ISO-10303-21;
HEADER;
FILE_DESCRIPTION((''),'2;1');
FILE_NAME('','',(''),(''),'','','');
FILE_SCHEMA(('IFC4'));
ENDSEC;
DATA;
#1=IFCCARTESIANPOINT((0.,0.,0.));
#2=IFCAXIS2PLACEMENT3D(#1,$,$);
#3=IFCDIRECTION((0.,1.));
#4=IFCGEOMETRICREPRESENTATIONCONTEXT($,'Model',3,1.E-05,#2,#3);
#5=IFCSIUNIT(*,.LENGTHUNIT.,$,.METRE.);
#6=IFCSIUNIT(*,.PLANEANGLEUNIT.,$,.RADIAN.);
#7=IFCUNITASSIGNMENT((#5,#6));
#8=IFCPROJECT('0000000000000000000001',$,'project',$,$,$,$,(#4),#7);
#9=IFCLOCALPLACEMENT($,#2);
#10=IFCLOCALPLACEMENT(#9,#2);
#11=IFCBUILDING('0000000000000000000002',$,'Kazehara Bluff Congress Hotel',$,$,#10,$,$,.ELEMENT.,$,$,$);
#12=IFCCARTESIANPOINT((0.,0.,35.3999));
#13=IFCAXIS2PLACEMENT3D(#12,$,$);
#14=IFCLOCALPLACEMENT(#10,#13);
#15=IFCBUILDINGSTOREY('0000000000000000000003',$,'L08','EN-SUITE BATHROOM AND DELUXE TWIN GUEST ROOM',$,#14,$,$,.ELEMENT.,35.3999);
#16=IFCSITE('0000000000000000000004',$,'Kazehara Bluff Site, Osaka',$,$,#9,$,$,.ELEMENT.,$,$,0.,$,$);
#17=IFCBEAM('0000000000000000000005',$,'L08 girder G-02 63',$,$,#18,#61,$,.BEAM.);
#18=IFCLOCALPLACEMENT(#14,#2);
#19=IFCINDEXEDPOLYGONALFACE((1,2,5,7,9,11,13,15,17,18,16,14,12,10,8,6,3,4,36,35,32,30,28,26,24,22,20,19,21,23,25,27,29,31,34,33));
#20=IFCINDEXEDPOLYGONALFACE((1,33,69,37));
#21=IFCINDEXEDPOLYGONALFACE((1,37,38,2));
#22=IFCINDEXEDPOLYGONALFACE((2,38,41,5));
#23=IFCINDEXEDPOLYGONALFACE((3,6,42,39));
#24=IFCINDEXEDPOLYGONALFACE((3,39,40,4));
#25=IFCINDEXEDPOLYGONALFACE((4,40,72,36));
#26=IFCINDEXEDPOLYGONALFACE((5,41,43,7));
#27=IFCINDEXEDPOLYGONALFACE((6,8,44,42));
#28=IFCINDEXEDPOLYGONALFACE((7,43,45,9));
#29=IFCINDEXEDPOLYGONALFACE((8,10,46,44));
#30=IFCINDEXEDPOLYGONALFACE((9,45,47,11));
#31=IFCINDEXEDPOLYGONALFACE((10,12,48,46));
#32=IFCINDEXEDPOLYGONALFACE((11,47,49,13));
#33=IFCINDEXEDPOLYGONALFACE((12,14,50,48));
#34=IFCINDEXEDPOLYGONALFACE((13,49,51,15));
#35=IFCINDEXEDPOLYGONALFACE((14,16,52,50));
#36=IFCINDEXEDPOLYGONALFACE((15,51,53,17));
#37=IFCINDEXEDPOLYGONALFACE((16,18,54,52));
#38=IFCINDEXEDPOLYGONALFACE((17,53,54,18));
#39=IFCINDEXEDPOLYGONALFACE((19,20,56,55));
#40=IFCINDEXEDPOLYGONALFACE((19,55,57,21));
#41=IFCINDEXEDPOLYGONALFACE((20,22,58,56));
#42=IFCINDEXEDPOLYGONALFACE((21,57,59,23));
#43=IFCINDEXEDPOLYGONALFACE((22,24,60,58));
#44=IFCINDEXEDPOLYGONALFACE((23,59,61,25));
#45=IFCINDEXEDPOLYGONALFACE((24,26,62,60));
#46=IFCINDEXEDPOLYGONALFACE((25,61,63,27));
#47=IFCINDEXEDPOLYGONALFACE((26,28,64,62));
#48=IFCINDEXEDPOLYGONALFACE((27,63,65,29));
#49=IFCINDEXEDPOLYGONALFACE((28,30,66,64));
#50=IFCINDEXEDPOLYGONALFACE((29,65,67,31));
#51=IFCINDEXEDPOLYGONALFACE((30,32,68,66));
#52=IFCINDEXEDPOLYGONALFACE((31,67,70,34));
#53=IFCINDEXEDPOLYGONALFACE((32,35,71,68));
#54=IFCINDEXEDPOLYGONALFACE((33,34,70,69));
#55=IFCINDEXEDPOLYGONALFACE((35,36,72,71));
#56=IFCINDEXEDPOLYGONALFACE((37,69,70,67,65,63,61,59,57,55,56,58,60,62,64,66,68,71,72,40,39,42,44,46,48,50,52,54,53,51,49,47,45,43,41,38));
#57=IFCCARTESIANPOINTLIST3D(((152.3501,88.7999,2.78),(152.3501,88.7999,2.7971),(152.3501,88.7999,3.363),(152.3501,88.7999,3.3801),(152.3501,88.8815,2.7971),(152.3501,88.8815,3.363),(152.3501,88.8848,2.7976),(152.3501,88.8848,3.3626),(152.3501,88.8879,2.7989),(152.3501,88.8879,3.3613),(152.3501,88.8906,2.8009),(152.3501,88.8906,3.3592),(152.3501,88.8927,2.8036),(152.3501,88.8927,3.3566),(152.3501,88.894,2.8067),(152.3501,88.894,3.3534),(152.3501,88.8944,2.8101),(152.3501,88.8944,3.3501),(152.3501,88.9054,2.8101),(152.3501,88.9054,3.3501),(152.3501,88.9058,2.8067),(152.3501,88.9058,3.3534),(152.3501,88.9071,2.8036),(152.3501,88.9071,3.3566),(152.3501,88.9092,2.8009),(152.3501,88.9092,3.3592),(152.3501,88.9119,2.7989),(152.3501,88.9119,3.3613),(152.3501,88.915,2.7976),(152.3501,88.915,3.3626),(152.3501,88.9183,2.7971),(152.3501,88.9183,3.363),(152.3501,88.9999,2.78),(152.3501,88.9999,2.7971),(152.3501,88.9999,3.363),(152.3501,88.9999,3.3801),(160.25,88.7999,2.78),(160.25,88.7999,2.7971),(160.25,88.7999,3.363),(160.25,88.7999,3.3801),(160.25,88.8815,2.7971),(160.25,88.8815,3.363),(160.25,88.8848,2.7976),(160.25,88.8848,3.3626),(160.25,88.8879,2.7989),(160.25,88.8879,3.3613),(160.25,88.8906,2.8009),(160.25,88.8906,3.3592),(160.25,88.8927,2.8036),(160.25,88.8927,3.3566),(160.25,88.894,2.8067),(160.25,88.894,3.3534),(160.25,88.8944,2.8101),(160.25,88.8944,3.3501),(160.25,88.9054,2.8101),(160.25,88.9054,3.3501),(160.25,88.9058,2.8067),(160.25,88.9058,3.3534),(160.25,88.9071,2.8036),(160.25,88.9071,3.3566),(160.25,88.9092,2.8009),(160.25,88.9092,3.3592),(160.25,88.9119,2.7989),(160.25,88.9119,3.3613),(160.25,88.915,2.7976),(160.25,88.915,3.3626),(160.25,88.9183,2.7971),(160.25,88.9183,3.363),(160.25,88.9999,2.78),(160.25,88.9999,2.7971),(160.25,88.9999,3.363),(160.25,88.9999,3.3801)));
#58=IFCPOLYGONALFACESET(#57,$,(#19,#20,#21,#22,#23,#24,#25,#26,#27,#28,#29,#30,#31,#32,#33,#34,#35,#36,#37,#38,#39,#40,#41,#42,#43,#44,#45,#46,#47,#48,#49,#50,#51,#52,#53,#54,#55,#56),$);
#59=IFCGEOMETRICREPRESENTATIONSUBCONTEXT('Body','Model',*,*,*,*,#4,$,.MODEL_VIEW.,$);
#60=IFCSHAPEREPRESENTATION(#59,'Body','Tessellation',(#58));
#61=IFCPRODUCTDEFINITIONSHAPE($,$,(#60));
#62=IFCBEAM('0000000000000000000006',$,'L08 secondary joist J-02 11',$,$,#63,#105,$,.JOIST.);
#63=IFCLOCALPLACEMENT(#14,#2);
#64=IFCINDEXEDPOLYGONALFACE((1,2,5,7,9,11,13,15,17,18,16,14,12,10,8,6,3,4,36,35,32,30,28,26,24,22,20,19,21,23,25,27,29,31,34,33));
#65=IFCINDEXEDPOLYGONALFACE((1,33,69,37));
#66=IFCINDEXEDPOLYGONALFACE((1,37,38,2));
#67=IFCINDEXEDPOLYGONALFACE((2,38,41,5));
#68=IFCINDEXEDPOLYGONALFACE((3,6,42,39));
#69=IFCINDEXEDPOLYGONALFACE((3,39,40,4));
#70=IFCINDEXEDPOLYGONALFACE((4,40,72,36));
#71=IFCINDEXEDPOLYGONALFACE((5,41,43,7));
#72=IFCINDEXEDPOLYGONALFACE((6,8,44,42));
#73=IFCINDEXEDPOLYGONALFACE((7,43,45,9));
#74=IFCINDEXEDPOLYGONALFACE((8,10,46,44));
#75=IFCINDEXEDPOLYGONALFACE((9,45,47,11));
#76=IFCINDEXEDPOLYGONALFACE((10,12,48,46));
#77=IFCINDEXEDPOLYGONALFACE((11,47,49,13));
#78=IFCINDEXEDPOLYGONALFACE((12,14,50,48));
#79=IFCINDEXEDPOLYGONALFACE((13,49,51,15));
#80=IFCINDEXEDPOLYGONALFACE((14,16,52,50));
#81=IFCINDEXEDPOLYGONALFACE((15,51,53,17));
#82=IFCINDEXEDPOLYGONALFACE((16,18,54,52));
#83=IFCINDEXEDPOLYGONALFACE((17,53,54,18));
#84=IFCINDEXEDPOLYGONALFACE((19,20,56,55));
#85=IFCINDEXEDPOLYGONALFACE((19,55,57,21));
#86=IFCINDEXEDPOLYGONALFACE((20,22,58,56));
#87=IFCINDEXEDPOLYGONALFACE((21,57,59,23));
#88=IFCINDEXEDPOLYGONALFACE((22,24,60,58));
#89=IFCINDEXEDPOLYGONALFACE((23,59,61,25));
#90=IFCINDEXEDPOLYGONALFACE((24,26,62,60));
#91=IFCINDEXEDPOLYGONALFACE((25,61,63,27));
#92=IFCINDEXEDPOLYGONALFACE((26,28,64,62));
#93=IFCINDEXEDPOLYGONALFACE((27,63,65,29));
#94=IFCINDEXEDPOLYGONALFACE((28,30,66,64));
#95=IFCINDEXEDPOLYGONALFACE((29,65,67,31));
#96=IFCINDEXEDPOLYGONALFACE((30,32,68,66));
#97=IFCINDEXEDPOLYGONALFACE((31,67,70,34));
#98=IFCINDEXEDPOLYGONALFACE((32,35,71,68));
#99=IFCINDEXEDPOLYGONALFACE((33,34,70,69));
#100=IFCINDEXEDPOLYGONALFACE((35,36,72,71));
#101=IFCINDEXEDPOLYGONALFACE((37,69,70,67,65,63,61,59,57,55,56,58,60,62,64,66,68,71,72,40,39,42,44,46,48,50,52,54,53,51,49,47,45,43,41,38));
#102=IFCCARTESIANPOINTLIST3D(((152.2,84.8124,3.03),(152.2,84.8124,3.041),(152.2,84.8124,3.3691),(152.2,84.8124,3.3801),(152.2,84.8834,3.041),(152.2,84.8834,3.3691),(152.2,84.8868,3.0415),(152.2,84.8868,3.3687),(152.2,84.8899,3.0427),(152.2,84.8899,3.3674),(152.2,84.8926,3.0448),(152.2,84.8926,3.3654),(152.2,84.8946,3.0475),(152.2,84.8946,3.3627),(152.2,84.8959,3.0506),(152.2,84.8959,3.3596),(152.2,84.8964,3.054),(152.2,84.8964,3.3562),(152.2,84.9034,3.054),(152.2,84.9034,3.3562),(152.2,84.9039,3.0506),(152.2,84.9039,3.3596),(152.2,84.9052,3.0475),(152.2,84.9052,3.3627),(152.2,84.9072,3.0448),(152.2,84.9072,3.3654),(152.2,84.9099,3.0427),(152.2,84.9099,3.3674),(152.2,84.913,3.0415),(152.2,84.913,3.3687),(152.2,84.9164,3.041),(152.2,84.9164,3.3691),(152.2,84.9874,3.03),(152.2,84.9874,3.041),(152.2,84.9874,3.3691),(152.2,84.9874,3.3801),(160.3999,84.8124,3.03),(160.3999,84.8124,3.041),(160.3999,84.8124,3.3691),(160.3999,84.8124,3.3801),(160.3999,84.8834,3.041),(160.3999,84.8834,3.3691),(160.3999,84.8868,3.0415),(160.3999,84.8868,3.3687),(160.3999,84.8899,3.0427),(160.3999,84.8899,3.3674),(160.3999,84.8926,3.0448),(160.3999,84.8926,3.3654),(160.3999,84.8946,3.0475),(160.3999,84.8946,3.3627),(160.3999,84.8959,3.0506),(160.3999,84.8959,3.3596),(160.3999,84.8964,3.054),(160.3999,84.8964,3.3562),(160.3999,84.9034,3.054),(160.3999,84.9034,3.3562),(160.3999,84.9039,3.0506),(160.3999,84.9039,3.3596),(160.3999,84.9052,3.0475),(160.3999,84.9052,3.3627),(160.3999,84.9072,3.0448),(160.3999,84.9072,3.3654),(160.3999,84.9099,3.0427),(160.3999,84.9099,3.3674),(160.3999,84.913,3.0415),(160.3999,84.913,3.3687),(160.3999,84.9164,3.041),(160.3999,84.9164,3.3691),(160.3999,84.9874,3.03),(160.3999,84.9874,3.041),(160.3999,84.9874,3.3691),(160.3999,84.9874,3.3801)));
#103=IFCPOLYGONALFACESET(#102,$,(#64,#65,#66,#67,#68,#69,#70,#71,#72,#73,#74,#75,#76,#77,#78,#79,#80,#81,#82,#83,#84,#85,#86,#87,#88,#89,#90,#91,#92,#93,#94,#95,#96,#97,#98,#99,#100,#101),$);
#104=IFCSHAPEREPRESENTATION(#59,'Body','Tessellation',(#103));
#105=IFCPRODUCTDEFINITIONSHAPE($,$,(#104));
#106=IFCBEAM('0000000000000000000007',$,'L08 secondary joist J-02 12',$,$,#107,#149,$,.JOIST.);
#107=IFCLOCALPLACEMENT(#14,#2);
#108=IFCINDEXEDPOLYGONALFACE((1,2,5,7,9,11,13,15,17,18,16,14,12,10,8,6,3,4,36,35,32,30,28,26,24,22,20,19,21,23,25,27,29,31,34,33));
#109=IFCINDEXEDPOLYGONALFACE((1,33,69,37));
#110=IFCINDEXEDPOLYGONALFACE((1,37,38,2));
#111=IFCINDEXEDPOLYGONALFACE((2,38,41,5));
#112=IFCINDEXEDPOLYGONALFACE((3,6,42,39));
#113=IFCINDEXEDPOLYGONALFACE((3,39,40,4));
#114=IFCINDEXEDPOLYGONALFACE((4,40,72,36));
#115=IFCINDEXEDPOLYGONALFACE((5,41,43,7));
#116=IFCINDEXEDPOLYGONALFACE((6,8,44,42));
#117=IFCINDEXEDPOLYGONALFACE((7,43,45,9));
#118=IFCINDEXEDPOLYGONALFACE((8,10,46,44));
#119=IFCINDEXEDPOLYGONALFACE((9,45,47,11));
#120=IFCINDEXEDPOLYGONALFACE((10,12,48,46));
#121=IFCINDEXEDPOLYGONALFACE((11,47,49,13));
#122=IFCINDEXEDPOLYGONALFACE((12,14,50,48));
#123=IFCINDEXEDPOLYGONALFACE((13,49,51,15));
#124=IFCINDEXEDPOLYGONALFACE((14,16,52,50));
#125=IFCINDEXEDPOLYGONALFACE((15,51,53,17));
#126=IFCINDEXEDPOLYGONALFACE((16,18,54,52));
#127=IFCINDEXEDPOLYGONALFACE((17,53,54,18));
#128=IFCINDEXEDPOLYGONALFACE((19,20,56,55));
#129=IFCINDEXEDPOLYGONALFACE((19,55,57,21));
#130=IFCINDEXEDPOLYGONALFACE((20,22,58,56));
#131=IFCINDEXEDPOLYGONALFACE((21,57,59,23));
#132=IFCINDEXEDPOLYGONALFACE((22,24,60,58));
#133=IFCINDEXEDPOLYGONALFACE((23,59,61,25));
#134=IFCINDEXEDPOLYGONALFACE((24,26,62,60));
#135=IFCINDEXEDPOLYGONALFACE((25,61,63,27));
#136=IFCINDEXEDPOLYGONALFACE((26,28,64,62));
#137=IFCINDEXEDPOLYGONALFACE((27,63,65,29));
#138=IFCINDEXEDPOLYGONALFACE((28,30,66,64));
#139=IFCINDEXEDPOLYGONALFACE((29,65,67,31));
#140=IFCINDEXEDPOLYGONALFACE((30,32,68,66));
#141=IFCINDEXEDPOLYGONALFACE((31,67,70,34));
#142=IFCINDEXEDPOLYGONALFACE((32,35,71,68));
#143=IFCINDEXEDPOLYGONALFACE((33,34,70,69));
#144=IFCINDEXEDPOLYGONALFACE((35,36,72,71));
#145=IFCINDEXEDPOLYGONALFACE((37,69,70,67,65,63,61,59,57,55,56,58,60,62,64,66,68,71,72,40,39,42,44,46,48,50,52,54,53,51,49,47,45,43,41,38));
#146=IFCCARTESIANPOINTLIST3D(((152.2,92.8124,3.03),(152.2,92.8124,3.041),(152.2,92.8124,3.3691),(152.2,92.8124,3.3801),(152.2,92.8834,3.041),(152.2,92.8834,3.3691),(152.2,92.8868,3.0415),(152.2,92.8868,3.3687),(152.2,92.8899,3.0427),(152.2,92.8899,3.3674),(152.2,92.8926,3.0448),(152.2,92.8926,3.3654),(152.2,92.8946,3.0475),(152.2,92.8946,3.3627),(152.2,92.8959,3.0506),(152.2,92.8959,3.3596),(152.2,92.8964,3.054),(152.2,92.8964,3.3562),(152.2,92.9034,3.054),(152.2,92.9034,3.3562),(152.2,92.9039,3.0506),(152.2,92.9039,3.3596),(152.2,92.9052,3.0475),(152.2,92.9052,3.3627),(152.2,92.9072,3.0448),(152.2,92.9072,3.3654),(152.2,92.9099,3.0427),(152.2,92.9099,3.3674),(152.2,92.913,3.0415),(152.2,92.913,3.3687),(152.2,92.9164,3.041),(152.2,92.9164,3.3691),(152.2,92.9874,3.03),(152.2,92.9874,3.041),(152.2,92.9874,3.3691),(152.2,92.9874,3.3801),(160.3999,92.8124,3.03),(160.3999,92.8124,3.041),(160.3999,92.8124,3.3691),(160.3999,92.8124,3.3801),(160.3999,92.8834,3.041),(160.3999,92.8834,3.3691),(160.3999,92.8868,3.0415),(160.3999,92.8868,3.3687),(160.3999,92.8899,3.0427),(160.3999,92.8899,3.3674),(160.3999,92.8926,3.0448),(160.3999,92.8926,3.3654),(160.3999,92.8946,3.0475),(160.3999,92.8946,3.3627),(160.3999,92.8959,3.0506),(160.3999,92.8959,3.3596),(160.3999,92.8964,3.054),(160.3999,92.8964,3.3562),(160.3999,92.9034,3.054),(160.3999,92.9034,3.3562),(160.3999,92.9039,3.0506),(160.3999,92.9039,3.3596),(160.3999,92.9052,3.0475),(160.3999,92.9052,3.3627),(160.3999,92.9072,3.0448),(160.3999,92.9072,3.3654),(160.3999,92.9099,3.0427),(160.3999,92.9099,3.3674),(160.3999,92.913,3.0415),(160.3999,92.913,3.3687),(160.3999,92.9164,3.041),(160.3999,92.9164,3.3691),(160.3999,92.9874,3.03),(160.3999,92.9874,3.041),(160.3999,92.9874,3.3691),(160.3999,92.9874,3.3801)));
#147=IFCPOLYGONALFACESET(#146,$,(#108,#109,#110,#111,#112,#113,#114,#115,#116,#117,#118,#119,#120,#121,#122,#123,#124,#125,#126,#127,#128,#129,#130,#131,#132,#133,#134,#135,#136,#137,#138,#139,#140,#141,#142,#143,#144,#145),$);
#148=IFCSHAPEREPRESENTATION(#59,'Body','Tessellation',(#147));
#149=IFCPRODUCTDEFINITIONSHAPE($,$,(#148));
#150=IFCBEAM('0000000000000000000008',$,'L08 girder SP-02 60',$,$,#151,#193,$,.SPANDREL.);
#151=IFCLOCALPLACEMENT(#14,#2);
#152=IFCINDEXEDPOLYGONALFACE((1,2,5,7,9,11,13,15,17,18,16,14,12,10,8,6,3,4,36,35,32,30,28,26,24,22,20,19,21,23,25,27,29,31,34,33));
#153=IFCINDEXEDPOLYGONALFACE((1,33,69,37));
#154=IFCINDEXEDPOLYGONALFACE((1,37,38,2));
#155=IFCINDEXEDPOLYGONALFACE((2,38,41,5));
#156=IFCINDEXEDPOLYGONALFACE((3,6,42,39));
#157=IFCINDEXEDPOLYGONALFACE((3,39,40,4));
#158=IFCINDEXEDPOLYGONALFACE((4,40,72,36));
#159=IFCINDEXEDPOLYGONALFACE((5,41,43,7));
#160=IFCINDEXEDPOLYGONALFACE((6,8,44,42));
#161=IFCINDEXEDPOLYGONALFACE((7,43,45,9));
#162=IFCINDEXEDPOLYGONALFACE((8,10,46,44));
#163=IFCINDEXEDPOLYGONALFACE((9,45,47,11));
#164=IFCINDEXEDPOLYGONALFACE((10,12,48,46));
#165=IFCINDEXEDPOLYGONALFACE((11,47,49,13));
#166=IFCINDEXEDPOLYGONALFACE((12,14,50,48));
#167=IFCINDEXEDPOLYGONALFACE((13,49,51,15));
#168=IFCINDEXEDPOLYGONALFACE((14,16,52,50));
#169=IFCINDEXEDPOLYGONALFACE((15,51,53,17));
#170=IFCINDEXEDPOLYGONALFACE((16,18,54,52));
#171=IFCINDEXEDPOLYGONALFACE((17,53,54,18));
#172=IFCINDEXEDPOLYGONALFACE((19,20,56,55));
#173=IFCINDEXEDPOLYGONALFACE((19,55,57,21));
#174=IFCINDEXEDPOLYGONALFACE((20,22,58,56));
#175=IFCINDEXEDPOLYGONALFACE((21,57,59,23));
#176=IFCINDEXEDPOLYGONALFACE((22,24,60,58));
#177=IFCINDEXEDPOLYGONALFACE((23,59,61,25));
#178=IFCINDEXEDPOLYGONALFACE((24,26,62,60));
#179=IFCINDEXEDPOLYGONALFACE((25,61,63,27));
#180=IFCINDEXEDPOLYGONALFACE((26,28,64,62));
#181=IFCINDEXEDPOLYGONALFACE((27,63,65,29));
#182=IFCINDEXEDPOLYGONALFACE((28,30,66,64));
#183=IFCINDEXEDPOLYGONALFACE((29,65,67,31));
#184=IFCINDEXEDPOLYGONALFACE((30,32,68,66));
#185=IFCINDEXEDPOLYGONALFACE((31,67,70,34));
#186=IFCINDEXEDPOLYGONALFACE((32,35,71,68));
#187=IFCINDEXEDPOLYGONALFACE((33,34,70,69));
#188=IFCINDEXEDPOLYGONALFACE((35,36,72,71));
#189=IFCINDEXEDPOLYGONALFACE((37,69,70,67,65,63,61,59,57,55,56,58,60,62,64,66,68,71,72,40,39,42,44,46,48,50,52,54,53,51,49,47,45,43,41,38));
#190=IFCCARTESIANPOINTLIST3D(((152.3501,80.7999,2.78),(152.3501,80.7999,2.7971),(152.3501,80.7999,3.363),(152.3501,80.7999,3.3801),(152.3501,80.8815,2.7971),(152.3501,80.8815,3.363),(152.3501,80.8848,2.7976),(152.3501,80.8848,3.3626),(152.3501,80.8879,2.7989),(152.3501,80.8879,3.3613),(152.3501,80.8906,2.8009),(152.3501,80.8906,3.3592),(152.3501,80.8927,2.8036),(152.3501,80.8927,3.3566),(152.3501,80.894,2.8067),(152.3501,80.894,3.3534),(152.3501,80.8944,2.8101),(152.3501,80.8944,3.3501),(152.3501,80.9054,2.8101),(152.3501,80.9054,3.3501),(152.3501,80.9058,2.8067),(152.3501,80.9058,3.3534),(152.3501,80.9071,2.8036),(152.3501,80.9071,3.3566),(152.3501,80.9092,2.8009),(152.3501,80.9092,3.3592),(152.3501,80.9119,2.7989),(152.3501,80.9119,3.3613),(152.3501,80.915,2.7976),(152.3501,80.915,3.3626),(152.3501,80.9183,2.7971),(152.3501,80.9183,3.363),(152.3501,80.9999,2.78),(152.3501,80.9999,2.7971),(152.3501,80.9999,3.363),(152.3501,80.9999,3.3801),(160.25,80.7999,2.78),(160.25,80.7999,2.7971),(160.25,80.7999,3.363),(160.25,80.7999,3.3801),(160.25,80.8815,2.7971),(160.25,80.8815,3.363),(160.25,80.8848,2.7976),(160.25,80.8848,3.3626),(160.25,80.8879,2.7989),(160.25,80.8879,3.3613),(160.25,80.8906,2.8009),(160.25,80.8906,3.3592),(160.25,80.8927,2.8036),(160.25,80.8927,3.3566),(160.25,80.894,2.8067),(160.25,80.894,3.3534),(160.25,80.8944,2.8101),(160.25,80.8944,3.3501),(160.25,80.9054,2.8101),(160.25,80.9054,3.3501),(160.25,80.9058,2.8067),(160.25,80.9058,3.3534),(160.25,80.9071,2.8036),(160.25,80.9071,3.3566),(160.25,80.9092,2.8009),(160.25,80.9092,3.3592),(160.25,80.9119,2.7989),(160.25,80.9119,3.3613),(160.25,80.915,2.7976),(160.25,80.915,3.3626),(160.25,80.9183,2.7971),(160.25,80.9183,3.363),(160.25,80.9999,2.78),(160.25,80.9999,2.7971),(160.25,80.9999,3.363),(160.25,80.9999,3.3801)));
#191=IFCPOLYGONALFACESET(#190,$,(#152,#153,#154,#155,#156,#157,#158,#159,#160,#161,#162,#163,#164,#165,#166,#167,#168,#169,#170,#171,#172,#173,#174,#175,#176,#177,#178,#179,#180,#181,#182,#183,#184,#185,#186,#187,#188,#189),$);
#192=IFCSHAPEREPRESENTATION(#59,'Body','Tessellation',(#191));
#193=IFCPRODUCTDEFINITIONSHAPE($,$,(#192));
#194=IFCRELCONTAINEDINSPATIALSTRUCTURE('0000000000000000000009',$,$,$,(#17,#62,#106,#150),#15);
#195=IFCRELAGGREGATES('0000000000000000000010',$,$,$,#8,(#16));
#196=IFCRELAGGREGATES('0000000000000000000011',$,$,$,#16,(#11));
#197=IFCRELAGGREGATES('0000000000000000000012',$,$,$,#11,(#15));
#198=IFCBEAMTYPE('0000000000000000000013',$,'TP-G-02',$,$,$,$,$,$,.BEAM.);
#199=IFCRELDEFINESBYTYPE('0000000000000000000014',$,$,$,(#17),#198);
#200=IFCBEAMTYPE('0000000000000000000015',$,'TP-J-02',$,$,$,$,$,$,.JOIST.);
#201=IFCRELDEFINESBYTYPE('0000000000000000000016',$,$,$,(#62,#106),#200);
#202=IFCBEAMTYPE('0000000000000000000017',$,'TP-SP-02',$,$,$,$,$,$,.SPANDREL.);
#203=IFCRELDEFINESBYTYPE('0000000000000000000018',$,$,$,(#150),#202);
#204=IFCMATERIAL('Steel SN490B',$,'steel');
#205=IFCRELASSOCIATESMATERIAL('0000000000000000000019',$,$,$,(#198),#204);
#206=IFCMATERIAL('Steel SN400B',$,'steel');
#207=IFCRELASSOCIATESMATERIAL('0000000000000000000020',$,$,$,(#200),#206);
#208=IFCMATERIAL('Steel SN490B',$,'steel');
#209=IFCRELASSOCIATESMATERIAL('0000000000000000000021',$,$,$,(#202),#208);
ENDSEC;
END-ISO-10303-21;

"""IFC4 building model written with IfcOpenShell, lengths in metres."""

from ifc_helpers import new_model, si_unit, direction, frame, origin, origin_2d, place, context, subcontext, project, spatial, i_section, extrude, material, material_profile, profile_set, type_object, element, save


model = new_model("IFC4")

# Units and contexts
model_context = context("Model", 3, precision=1e-05, world=origin(), true_north=direction((0.0, 1.0)))
body_context = subcontext(model_context, "Body", "Model", "MODEL_VIEW")
ifc_project = project(units=[si_unit("LENGTHUNIT", "METRE"), si_unit("PLANEANGLEUNIT", "RADIAN")], contexts=[model_context])

# Site, building, storey
site_placement = place(None, origin())
site = spatial("IfcSite", under=ifc_project, at=site_placement, Name="Kazehara Bluff Site, Osaka", CompositionType="ELEMENT", RefElevation=0.0)
building_placement = place(site_placement, origin())
building = spatial("IfcBuilding", under=site, at=building_placement, Name="Kazehara Bluff Congress Hotel", CompositionType="ELEMENT")
storey_placement = place(building_placement, frame((0.0, 0.0, 35.3999)))
storey = spatial("IfcBuildingStorey", under=building, at=storey_placement, Name="L08", Description="EN-SUITE BATHROOM AND DELUXE TWIN GUEST ROOM", CompositionType="ELEMENT", Elevation=35.3999)

# Beams
ifc_material_1 = material(Name="Steel SN490B", Category="steel")
ifc_material_profile_1 = material_profile(ifc_material_1, i_section(OverallWidth=0.2, OverallDepth=0.6001, WebThickness=0.011, FlangeThickness=0.0171, FilletRadius=0.0129, at=origin_2d()))
ifc_profile_set_1 = profile_set([ifc_material_profile_1], Name="Steel SN490B")
beam_type_1 = type_object("IfcBeamType", Name="TP-G-02", PredefinedType="BEAM", material=ifc_profile_set_1)
beam_1_placement = place(storey_placement, frame((152.3501, 88.8999, 3.0801), z_axis=(1.0, 0.0, 0.0), x_axis=(0.0, 1.0, 0.0)))
element("IfcBeam", 1, at=beam_1_placement, inside=storey, type_object=beam_type_1, Name="L08 girder G-02 63", PredefinedType="BEAM", context=body_context, shape_type="SweptSolid", body=[
    extrude(i_section(OverallWidth=0.2, OverallDepth=0.6001, WebThickness=0.011, FlangeThickness=0.0171, FilletRadius=0.0129, at=origin_2d()), origin(), (0.0, 0.0, 1.0), 7.8999),
])
ifc_material_2 = material(Name="Steel SN400B", Category="steel")
ifc_material_profile_2 = material_profile(ifc_material_2, i_section(OverallWidth=0.175, OverallDepth=0.3501, WebThickness=0.0071, FlangeThickness=0.011, FilletRadius=0.0129, at=origin_2d()))
ifc_profile_set_2 = profile_set([ifc_material_profile_2], Name="Steel SN400B")
beam_type_2 = type_object("IfcBeamType", Name="TP-J-02", PredefinedType="JOIST", material=ifc_profile_set_2)
for number, where, z_axis, x_axis, name in (
    (2, (152.2, 84.8999, 3.2051), (1.0, 0.0, 0.0), (0.0, 1.0, 0.0), "L08 secondary joist J-02 11"),
    (3, (152.2, 92.8999, 3.2051), (1.0, 0.0, 0.0), (0.0, 1.0, 0.0), "L08 secondary joist J-02 12"),
):
    element("IfcBeam", number, at=place(storey_placement, frame(where, z_axis=z_axis, x_axis=x_axis)), inside=storey, type_object=beam_type_2, Name=name, PredefinedType="JOIST", context=body_context, shape_type="SweptSolid", body=[
        extrude(i_section(OverallWidth=0.175, OverallDepth=0.3501, WebThickness=0.0071, FlangeThickness=0.011, FilletRadius=0.0129, at=origin_2d()), origin(), (0.0, 0.0, 1.0), 8.2),
    ])
ifc_material_3 = material(Name="Steel SN490B", Category="steel")
ifc_material_profile_3 = material_profile(ifc_material_3, i_section(OverallWidth=0.2, OverallDepth=0.6001, WebThickness=0.011, FlangeThickness=0.0171, FilletRadius=0.0129, at=origin_2d()))
ifc_profile_set_3 = profile_set([ifc_material_profile_3], Name="Steel SN490B")
beam_type_3 = type_object("IfcBeamType", Name="TP-SP-02", PredefinedType="SPANDREL", material=ifc_profile_set_3)
beam_2_placement = place(storey_placement, frame((152.3501, 80.8999, 3.0801), z_axis=(1.0, 0.0, 0.0), x_axis=(0.0, 1.0, 0.0)))
element("IfcBeam", 4, at=beam_2_placement, inside=storey, type_object=beam_type_3, Name="L08 girder SP-02 60", PredefinedType="SPANDREL", context=body_context, shape_type="SweptSolid", body=[
    extrude(i_section(OverallWidth=0.2, OverallDepth=0.6001, WebThickness=0.011, FlangeThickness=0.0171, FilletRadius=0.0129, at=origin_2d()), origin(), (0.0, 0.0, 1.0), 7.8999),
])

save(model, "model.ifc")
